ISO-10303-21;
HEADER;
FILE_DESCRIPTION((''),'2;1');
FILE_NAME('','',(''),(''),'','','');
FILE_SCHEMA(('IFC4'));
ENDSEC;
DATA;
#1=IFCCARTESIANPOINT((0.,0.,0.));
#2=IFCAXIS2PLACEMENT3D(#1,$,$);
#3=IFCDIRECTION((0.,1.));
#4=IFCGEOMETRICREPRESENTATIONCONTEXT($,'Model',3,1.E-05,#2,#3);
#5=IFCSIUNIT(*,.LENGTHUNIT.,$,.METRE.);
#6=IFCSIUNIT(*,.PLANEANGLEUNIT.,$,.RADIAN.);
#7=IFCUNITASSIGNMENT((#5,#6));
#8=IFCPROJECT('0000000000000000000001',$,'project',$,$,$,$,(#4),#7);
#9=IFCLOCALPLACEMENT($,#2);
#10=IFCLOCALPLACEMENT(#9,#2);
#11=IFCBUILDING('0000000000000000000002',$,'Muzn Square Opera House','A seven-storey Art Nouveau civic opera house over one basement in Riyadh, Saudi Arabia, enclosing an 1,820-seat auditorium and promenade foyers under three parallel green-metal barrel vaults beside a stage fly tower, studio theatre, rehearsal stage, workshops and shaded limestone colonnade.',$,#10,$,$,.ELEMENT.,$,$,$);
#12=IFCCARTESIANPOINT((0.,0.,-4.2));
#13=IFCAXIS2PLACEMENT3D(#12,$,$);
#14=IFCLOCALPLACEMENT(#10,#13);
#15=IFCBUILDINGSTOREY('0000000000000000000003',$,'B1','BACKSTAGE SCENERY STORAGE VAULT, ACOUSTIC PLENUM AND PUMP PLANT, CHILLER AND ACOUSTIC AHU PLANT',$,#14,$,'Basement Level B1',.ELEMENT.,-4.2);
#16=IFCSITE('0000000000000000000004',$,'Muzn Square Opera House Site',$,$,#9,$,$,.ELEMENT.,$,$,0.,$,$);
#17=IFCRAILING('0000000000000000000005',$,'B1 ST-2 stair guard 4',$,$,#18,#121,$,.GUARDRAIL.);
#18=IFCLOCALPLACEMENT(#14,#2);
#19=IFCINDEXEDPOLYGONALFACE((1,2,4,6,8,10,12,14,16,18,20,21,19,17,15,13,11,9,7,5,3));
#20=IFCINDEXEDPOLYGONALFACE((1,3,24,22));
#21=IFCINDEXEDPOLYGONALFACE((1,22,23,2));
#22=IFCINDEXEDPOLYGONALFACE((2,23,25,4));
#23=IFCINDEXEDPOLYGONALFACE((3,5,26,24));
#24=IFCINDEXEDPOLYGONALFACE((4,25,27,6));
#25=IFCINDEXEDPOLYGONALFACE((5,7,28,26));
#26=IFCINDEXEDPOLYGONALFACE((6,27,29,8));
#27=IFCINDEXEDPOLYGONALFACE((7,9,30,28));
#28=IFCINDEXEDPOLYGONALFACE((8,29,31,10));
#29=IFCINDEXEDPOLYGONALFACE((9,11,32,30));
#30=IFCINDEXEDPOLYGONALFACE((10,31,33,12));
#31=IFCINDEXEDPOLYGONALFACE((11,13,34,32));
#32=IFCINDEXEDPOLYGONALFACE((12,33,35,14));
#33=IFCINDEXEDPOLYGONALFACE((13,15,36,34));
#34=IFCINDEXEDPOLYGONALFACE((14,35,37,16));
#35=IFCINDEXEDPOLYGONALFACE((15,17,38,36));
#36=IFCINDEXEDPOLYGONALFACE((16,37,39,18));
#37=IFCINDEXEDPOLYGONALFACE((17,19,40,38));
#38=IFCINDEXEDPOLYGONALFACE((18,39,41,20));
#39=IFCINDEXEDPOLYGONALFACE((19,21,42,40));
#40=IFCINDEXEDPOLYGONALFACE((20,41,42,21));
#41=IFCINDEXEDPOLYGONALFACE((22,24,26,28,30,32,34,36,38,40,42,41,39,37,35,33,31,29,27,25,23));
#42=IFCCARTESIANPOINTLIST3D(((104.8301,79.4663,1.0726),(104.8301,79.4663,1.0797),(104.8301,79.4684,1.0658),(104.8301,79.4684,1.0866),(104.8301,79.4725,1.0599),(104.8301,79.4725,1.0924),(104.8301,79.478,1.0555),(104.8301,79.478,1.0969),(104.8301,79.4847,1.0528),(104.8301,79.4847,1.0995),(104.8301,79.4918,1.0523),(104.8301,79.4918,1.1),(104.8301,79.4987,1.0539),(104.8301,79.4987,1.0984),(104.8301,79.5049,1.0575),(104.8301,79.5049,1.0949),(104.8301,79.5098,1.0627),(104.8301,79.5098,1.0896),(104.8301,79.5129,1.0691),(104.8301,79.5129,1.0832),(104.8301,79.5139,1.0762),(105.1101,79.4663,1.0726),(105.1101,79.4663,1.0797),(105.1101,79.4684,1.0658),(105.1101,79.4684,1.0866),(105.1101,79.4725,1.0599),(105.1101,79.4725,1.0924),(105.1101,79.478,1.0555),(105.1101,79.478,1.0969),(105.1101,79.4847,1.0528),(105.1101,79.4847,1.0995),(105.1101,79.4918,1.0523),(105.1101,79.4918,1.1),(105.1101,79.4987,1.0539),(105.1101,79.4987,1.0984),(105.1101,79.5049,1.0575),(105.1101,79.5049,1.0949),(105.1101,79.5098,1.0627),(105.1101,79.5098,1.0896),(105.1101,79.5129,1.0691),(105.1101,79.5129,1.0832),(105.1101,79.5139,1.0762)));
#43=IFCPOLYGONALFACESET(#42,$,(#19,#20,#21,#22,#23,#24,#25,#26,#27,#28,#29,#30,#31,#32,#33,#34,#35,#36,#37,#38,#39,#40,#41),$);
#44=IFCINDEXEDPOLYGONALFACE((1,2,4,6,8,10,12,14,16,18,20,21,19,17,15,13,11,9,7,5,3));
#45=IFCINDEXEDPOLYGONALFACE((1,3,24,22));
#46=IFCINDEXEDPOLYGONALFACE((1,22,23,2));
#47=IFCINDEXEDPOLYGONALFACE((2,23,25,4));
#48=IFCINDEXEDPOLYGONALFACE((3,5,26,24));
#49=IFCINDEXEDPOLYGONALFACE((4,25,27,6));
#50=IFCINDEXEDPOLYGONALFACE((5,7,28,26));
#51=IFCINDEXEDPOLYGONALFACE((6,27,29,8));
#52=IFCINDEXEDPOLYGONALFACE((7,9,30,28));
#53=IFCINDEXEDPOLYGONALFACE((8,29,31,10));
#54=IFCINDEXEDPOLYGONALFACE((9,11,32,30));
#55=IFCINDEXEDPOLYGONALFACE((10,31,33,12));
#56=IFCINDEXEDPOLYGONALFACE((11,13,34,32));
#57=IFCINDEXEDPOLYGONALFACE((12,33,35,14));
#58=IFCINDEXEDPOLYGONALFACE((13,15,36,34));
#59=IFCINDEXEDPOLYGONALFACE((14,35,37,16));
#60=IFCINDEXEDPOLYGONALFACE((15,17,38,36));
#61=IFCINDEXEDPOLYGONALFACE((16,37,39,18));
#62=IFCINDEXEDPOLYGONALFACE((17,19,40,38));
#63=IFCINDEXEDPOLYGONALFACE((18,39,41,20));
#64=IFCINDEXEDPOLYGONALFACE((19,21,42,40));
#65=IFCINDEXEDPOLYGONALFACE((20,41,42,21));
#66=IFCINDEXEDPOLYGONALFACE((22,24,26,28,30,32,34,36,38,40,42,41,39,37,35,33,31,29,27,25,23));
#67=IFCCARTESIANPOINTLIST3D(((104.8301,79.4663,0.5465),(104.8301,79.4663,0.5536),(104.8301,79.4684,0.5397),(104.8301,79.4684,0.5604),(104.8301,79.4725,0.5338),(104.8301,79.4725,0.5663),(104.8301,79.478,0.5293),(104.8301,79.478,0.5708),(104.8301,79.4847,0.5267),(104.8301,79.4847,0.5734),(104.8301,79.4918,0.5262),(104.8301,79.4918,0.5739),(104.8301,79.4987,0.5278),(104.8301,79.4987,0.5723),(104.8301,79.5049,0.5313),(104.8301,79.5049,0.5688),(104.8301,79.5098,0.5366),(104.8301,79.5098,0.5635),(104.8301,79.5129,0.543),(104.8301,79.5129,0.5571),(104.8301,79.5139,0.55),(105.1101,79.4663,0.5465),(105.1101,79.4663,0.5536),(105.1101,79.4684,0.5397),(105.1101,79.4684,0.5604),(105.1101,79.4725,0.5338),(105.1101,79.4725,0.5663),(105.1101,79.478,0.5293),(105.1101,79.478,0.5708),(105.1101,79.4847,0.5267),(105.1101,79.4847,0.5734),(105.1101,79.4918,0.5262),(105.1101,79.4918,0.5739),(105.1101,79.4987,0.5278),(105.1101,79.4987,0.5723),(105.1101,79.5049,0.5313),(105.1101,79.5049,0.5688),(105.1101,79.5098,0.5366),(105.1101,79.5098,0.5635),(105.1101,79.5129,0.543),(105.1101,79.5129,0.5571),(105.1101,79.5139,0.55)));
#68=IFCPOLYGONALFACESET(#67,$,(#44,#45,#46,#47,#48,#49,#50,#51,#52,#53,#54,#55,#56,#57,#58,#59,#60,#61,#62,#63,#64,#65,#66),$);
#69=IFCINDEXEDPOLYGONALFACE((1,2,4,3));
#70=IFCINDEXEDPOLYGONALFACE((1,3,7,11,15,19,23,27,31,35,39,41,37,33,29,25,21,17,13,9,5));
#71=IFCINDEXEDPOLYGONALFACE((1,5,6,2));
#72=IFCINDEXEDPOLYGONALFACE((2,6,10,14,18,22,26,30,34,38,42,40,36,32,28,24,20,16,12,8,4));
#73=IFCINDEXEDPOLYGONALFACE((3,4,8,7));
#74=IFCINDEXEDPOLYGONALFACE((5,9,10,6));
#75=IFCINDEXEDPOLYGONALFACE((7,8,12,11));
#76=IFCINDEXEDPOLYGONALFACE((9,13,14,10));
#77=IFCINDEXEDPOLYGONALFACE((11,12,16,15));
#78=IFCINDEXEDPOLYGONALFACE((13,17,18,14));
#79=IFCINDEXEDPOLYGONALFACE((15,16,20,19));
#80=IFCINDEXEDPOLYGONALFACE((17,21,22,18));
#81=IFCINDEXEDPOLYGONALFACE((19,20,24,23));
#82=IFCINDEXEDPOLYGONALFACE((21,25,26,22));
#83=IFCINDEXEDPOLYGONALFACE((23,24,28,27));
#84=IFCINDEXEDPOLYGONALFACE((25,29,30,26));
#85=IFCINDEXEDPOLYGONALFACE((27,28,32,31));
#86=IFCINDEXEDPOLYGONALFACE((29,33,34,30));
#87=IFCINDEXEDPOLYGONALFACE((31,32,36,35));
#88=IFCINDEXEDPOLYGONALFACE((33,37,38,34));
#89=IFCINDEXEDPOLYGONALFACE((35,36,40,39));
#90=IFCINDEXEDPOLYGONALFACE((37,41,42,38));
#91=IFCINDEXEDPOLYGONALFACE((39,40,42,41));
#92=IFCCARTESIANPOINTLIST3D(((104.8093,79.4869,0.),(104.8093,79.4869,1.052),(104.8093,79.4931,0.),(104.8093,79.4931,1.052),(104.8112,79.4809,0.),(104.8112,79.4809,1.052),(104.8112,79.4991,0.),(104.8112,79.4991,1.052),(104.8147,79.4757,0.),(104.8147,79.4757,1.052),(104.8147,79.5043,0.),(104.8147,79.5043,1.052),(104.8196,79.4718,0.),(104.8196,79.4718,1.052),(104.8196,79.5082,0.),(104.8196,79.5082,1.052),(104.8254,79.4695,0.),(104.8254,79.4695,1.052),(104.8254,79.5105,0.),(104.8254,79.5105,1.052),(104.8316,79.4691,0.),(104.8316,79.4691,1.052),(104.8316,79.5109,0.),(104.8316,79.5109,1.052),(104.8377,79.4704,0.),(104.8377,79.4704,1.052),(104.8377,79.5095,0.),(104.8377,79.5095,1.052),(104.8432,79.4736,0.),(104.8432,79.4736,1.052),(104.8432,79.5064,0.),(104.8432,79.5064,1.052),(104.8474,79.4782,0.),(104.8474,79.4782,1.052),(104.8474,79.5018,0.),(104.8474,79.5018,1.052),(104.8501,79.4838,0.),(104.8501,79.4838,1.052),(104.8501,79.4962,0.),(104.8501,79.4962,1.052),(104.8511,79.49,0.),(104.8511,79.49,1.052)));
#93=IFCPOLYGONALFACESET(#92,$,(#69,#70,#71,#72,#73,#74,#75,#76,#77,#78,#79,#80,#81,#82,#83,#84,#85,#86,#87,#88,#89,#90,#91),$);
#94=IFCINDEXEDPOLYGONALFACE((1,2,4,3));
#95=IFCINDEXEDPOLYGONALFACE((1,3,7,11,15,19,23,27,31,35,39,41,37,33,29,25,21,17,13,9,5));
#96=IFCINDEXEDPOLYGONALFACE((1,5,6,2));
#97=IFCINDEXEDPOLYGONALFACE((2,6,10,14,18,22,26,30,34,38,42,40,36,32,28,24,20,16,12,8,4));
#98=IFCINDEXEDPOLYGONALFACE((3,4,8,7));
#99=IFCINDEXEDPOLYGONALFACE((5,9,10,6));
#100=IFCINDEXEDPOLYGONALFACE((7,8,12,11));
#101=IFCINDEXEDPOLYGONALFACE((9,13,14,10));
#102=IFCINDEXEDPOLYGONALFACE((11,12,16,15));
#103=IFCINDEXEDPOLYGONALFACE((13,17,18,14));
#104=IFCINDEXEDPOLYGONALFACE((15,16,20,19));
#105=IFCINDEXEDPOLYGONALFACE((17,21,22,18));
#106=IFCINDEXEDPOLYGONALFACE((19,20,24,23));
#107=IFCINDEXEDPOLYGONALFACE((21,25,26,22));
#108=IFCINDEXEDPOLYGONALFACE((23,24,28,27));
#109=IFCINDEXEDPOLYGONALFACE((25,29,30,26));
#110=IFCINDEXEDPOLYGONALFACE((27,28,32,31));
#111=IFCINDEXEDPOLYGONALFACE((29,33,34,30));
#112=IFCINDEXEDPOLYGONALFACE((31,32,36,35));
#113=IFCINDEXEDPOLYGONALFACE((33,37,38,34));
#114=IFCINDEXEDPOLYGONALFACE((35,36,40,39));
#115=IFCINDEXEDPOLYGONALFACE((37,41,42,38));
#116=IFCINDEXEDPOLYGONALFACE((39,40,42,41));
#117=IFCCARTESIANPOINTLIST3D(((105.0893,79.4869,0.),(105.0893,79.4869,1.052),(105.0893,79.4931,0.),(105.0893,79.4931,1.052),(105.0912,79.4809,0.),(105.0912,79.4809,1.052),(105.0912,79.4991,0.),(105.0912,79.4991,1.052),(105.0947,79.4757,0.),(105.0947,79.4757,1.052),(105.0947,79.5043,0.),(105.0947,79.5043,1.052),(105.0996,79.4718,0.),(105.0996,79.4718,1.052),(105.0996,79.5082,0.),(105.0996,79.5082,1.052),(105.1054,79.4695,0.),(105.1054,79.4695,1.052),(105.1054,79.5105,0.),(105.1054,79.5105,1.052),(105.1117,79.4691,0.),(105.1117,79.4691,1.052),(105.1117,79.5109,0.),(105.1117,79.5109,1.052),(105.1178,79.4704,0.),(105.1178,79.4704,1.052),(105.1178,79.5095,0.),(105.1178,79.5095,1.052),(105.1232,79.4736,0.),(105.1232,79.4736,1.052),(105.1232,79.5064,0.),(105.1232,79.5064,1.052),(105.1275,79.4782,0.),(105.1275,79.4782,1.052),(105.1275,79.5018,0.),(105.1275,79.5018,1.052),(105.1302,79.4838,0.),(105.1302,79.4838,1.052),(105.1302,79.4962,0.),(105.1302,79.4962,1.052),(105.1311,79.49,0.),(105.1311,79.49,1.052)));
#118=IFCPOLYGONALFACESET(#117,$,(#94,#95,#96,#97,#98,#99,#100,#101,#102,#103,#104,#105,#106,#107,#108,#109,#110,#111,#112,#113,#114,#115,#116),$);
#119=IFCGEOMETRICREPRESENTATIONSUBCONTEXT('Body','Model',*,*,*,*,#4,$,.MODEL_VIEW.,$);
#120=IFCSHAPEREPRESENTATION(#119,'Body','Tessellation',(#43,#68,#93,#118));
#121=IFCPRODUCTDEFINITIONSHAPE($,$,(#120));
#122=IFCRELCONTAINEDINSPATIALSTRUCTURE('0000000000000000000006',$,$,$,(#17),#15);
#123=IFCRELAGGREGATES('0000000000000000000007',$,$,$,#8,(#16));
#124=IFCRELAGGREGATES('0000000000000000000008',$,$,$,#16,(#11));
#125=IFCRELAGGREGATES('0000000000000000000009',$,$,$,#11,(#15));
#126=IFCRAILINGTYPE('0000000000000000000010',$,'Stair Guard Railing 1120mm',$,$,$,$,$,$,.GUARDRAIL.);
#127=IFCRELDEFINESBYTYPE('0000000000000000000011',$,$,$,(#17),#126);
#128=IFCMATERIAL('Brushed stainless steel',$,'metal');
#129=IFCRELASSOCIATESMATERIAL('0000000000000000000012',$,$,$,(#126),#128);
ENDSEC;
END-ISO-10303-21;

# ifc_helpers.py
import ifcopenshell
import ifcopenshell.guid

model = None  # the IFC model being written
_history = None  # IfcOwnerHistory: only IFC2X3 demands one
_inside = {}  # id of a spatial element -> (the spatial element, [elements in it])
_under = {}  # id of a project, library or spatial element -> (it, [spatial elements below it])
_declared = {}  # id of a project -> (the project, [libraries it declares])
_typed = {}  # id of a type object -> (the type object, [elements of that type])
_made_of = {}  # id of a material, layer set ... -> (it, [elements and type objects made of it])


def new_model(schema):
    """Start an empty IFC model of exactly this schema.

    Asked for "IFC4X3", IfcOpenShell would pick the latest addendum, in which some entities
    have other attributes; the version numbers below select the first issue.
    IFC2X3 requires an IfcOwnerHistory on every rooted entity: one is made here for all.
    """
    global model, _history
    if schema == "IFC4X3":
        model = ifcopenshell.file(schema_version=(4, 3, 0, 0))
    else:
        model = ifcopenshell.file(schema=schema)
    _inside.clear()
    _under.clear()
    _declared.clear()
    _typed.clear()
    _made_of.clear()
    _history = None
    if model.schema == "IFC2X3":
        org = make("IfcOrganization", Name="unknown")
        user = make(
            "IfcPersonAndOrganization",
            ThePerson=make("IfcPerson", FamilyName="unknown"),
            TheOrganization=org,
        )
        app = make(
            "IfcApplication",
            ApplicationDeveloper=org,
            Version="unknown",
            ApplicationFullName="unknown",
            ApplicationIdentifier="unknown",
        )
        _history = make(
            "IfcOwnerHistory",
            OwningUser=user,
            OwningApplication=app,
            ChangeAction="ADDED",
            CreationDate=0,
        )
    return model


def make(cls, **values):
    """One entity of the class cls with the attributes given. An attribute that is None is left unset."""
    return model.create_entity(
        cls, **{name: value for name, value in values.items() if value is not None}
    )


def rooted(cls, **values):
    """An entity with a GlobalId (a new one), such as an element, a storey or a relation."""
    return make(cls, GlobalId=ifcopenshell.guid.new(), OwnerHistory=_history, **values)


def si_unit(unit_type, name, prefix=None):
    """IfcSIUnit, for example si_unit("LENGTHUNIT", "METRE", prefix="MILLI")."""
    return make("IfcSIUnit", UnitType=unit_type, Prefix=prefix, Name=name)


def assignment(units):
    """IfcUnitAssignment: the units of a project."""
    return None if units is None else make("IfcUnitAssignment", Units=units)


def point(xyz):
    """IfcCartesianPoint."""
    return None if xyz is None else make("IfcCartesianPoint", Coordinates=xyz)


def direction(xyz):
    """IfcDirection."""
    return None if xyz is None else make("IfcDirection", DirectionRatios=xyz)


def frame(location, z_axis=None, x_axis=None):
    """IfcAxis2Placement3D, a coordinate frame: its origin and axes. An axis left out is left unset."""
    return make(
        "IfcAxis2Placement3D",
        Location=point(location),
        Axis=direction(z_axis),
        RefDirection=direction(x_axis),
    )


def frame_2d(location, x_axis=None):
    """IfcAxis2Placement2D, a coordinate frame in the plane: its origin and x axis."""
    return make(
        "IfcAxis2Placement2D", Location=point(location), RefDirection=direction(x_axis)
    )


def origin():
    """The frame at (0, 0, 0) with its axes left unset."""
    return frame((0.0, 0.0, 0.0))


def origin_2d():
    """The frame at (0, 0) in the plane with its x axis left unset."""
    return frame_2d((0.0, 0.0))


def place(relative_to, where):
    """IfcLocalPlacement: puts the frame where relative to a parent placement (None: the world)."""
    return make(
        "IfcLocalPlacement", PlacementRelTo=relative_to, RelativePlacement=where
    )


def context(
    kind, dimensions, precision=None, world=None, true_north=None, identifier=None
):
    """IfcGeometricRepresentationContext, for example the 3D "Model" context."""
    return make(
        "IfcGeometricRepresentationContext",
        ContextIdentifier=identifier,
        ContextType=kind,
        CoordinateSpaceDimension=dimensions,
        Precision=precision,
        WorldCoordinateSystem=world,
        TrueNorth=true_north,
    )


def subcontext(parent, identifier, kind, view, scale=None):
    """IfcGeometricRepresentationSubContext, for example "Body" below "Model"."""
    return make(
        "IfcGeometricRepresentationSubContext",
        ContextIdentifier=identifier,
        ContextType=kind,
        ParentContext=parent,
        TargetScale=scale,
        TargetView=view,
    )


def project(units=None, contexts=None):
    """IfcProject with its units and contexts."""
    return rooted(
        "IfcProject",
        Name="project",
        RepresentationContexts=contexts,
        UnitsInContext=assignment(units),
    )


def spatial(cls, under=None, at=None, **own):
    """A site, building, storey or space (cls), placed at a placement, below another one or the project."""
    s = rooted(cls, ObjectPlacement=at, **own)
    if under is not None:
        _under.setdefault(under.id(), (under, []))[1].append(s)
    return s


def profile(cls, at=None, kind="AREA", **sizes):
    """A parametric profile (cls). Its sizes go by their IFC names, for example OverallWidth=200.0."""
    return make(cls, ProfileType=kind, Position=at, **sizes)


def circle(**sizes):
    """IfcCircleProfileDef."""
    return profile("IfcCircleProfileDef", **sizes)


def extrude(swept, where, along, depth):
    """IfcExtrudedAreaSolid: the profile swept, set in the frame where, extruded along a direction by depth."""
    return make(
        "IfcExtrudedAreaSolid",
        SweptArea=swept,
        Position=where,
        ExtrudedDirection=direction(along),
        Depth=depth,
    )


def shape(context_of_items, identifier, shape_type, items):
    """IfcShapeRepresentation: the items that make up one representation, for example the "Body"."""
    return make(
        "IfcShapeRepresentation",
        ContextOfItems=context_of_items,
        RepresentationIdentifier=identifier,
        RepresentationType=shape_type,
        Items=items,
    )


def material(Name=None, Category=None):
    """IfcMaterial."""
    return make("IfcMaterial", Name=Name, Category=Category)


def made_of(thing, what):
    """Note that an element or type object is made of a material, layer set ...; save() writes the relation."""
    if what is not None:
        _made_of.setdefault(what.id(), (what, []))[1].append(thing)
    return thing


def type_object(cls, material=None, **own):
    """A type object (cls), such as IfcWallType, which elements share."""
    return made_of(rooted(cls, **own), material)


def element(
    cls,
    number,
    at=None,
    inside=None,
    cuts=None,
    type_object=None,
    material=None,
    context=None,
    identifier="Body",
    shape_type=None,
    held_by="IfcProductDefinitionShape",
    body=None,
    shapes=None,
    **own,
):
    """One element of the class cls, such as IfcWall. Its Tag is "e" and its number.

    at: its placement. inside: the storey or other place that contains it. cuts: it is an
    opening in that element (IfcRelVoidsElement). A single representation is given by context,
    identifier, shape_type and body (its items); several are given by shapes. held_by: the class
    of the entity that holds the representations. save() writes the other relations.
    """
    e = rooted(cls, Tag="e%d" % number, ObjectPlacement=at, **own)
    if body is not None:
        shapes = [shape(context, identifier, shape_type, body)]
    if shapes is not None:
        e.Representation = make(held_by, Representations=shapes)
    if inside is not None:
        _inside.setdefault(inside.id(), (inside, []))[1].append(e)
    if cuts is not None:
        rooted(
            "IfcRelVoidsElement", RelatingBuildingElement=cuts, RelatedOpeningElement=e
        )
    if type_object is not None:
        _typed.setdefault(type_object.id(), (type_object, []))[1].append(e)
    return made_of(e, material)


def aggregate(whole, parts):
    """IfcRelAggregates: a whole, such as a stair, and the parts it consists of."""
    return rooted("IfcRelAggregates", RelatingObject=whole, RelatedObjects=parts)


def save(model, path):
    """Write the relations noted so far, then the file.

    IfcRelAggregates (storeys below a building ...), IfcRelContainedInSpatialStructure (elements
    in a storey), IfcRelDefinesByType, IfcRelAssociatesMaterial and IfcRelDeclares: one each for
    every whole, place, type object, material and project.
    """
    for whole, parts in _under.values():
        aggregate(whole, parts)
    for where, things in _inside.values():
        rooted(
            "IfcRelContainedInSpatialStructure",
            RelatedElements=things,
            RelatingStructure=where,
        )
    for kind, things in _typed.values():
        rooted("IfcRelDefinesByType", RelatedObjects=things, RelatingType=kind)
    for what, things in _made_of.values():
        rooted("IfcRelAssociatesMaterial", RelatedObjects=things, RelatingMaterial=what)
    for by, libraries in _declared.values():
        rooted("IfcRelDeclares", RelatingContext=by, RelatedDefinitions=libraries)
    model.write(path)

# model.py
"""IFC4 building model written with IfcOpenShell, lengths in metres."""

from ifc_helpers import new_model, si_unit, direction, frame, origin, origin_2d, place, context, subcontext, project, spatial, circle, extrude, material, type_object, element, save


model = new_model("IFC4")

# Units and contexts
model_context = context("Model", 3, precision=1e-05, world=origin(), true_north=direction((0.0, 1.0)))
body_context = subcontext(model_context, "Body", "Model", "MODEL_VIEW")
ifc_project = project(units=[si_unit("LENGTHUNIT", "METRE"), si_unit("PLANEANGLEUNIT", "RADIAN")], contexts=[model_context])

# Site, building, storey
site_placement = place(None, origin())
site = spatial("IfcSite", under=ifc_project, at=site_placement, Name="Muzn Square Opera House Site", CompositionType="ELEMENT", RefElevation=0.0)
building_placement = place(site_placement, origin())
building = spatial("IfcBuilding", under=site, at=building_placement, Name="Muzn Square Opera House", Description="A seven-storey Art Nouveau civic opera house over one basement in Riyadh, Saudi Arabia, enclosing an 1,820-seat auditorium and promenade foyers under three parallel green-metal barrel vaults beside a stage fly tower, studio theatre, rehearsal stage, workshops and shaded limestone colonnade.", CompositionType="ELEMENT")
storey_placement = place(building_placement, frame((0.0, 0.0, -4.2)))
storey = spatial("IfcBuildingStorey", under=building, at=storey_placement, Name="B1", Description="BACKSTAGE SCENERY STORAGE VAULT, ACOUSTIC PLENUM AND PUMP PLANT, CHILLER AND ACOUSTIC AHU PLANT", LongName="Basement Level B1", CompositionType="ELEMENT", Elevation=-4.2)

# Railing
ifc_material_1 = material(Name="Brushed stainless steel", Category="metal")
railing_type_1 = type_object("IfcRailingType", Name="Stair Guard Railing 1120mm", PredefinedType="GUARDRAIL", material=ifc_material_1)
railing_1_placement = place(storey_placement, frame((104.8301, 79.49, 0.0)))
element("IfcRailing", 1, at=railing_1_placement, inside=storey, type_object=railing_type_1, Name="B1 ST-2 stair guard 4", PredefinedType="GUARDRAIL", context=body_context, shape_type="SweptSolid", body=[
    extrude(circle(Radius=0.0239, at=origin_2d()), frame((0.0, 0.0, 1.0762), z_axis=(1.0, 0.0, 0.0), x_axis=(0.0, 1.0, 0.0)), (0.0, 0.0, 1.0), 0.28),
    extrude(circle(Radius=0.0239, at=origin_2d()), frame((0.0, 0.0, 0.55), z_axis=(1.0, 0.0, 0.0), x_axis=(0.0, 1.0, 0.0)), (0.0, 0.0, 1.0), 0.28),
    extrude(circle(Radius=0.021, at=origin_2d()), origin(), (0.0, 0.0, 1.0), 1.052),
    extrude(circle(Radius=0.021, at=origin_2d()), frame((0.28, 0.0, 0.0)), (0.0, 0.0, 1.0), 1.052),
])

save(model, "model.ifc")
